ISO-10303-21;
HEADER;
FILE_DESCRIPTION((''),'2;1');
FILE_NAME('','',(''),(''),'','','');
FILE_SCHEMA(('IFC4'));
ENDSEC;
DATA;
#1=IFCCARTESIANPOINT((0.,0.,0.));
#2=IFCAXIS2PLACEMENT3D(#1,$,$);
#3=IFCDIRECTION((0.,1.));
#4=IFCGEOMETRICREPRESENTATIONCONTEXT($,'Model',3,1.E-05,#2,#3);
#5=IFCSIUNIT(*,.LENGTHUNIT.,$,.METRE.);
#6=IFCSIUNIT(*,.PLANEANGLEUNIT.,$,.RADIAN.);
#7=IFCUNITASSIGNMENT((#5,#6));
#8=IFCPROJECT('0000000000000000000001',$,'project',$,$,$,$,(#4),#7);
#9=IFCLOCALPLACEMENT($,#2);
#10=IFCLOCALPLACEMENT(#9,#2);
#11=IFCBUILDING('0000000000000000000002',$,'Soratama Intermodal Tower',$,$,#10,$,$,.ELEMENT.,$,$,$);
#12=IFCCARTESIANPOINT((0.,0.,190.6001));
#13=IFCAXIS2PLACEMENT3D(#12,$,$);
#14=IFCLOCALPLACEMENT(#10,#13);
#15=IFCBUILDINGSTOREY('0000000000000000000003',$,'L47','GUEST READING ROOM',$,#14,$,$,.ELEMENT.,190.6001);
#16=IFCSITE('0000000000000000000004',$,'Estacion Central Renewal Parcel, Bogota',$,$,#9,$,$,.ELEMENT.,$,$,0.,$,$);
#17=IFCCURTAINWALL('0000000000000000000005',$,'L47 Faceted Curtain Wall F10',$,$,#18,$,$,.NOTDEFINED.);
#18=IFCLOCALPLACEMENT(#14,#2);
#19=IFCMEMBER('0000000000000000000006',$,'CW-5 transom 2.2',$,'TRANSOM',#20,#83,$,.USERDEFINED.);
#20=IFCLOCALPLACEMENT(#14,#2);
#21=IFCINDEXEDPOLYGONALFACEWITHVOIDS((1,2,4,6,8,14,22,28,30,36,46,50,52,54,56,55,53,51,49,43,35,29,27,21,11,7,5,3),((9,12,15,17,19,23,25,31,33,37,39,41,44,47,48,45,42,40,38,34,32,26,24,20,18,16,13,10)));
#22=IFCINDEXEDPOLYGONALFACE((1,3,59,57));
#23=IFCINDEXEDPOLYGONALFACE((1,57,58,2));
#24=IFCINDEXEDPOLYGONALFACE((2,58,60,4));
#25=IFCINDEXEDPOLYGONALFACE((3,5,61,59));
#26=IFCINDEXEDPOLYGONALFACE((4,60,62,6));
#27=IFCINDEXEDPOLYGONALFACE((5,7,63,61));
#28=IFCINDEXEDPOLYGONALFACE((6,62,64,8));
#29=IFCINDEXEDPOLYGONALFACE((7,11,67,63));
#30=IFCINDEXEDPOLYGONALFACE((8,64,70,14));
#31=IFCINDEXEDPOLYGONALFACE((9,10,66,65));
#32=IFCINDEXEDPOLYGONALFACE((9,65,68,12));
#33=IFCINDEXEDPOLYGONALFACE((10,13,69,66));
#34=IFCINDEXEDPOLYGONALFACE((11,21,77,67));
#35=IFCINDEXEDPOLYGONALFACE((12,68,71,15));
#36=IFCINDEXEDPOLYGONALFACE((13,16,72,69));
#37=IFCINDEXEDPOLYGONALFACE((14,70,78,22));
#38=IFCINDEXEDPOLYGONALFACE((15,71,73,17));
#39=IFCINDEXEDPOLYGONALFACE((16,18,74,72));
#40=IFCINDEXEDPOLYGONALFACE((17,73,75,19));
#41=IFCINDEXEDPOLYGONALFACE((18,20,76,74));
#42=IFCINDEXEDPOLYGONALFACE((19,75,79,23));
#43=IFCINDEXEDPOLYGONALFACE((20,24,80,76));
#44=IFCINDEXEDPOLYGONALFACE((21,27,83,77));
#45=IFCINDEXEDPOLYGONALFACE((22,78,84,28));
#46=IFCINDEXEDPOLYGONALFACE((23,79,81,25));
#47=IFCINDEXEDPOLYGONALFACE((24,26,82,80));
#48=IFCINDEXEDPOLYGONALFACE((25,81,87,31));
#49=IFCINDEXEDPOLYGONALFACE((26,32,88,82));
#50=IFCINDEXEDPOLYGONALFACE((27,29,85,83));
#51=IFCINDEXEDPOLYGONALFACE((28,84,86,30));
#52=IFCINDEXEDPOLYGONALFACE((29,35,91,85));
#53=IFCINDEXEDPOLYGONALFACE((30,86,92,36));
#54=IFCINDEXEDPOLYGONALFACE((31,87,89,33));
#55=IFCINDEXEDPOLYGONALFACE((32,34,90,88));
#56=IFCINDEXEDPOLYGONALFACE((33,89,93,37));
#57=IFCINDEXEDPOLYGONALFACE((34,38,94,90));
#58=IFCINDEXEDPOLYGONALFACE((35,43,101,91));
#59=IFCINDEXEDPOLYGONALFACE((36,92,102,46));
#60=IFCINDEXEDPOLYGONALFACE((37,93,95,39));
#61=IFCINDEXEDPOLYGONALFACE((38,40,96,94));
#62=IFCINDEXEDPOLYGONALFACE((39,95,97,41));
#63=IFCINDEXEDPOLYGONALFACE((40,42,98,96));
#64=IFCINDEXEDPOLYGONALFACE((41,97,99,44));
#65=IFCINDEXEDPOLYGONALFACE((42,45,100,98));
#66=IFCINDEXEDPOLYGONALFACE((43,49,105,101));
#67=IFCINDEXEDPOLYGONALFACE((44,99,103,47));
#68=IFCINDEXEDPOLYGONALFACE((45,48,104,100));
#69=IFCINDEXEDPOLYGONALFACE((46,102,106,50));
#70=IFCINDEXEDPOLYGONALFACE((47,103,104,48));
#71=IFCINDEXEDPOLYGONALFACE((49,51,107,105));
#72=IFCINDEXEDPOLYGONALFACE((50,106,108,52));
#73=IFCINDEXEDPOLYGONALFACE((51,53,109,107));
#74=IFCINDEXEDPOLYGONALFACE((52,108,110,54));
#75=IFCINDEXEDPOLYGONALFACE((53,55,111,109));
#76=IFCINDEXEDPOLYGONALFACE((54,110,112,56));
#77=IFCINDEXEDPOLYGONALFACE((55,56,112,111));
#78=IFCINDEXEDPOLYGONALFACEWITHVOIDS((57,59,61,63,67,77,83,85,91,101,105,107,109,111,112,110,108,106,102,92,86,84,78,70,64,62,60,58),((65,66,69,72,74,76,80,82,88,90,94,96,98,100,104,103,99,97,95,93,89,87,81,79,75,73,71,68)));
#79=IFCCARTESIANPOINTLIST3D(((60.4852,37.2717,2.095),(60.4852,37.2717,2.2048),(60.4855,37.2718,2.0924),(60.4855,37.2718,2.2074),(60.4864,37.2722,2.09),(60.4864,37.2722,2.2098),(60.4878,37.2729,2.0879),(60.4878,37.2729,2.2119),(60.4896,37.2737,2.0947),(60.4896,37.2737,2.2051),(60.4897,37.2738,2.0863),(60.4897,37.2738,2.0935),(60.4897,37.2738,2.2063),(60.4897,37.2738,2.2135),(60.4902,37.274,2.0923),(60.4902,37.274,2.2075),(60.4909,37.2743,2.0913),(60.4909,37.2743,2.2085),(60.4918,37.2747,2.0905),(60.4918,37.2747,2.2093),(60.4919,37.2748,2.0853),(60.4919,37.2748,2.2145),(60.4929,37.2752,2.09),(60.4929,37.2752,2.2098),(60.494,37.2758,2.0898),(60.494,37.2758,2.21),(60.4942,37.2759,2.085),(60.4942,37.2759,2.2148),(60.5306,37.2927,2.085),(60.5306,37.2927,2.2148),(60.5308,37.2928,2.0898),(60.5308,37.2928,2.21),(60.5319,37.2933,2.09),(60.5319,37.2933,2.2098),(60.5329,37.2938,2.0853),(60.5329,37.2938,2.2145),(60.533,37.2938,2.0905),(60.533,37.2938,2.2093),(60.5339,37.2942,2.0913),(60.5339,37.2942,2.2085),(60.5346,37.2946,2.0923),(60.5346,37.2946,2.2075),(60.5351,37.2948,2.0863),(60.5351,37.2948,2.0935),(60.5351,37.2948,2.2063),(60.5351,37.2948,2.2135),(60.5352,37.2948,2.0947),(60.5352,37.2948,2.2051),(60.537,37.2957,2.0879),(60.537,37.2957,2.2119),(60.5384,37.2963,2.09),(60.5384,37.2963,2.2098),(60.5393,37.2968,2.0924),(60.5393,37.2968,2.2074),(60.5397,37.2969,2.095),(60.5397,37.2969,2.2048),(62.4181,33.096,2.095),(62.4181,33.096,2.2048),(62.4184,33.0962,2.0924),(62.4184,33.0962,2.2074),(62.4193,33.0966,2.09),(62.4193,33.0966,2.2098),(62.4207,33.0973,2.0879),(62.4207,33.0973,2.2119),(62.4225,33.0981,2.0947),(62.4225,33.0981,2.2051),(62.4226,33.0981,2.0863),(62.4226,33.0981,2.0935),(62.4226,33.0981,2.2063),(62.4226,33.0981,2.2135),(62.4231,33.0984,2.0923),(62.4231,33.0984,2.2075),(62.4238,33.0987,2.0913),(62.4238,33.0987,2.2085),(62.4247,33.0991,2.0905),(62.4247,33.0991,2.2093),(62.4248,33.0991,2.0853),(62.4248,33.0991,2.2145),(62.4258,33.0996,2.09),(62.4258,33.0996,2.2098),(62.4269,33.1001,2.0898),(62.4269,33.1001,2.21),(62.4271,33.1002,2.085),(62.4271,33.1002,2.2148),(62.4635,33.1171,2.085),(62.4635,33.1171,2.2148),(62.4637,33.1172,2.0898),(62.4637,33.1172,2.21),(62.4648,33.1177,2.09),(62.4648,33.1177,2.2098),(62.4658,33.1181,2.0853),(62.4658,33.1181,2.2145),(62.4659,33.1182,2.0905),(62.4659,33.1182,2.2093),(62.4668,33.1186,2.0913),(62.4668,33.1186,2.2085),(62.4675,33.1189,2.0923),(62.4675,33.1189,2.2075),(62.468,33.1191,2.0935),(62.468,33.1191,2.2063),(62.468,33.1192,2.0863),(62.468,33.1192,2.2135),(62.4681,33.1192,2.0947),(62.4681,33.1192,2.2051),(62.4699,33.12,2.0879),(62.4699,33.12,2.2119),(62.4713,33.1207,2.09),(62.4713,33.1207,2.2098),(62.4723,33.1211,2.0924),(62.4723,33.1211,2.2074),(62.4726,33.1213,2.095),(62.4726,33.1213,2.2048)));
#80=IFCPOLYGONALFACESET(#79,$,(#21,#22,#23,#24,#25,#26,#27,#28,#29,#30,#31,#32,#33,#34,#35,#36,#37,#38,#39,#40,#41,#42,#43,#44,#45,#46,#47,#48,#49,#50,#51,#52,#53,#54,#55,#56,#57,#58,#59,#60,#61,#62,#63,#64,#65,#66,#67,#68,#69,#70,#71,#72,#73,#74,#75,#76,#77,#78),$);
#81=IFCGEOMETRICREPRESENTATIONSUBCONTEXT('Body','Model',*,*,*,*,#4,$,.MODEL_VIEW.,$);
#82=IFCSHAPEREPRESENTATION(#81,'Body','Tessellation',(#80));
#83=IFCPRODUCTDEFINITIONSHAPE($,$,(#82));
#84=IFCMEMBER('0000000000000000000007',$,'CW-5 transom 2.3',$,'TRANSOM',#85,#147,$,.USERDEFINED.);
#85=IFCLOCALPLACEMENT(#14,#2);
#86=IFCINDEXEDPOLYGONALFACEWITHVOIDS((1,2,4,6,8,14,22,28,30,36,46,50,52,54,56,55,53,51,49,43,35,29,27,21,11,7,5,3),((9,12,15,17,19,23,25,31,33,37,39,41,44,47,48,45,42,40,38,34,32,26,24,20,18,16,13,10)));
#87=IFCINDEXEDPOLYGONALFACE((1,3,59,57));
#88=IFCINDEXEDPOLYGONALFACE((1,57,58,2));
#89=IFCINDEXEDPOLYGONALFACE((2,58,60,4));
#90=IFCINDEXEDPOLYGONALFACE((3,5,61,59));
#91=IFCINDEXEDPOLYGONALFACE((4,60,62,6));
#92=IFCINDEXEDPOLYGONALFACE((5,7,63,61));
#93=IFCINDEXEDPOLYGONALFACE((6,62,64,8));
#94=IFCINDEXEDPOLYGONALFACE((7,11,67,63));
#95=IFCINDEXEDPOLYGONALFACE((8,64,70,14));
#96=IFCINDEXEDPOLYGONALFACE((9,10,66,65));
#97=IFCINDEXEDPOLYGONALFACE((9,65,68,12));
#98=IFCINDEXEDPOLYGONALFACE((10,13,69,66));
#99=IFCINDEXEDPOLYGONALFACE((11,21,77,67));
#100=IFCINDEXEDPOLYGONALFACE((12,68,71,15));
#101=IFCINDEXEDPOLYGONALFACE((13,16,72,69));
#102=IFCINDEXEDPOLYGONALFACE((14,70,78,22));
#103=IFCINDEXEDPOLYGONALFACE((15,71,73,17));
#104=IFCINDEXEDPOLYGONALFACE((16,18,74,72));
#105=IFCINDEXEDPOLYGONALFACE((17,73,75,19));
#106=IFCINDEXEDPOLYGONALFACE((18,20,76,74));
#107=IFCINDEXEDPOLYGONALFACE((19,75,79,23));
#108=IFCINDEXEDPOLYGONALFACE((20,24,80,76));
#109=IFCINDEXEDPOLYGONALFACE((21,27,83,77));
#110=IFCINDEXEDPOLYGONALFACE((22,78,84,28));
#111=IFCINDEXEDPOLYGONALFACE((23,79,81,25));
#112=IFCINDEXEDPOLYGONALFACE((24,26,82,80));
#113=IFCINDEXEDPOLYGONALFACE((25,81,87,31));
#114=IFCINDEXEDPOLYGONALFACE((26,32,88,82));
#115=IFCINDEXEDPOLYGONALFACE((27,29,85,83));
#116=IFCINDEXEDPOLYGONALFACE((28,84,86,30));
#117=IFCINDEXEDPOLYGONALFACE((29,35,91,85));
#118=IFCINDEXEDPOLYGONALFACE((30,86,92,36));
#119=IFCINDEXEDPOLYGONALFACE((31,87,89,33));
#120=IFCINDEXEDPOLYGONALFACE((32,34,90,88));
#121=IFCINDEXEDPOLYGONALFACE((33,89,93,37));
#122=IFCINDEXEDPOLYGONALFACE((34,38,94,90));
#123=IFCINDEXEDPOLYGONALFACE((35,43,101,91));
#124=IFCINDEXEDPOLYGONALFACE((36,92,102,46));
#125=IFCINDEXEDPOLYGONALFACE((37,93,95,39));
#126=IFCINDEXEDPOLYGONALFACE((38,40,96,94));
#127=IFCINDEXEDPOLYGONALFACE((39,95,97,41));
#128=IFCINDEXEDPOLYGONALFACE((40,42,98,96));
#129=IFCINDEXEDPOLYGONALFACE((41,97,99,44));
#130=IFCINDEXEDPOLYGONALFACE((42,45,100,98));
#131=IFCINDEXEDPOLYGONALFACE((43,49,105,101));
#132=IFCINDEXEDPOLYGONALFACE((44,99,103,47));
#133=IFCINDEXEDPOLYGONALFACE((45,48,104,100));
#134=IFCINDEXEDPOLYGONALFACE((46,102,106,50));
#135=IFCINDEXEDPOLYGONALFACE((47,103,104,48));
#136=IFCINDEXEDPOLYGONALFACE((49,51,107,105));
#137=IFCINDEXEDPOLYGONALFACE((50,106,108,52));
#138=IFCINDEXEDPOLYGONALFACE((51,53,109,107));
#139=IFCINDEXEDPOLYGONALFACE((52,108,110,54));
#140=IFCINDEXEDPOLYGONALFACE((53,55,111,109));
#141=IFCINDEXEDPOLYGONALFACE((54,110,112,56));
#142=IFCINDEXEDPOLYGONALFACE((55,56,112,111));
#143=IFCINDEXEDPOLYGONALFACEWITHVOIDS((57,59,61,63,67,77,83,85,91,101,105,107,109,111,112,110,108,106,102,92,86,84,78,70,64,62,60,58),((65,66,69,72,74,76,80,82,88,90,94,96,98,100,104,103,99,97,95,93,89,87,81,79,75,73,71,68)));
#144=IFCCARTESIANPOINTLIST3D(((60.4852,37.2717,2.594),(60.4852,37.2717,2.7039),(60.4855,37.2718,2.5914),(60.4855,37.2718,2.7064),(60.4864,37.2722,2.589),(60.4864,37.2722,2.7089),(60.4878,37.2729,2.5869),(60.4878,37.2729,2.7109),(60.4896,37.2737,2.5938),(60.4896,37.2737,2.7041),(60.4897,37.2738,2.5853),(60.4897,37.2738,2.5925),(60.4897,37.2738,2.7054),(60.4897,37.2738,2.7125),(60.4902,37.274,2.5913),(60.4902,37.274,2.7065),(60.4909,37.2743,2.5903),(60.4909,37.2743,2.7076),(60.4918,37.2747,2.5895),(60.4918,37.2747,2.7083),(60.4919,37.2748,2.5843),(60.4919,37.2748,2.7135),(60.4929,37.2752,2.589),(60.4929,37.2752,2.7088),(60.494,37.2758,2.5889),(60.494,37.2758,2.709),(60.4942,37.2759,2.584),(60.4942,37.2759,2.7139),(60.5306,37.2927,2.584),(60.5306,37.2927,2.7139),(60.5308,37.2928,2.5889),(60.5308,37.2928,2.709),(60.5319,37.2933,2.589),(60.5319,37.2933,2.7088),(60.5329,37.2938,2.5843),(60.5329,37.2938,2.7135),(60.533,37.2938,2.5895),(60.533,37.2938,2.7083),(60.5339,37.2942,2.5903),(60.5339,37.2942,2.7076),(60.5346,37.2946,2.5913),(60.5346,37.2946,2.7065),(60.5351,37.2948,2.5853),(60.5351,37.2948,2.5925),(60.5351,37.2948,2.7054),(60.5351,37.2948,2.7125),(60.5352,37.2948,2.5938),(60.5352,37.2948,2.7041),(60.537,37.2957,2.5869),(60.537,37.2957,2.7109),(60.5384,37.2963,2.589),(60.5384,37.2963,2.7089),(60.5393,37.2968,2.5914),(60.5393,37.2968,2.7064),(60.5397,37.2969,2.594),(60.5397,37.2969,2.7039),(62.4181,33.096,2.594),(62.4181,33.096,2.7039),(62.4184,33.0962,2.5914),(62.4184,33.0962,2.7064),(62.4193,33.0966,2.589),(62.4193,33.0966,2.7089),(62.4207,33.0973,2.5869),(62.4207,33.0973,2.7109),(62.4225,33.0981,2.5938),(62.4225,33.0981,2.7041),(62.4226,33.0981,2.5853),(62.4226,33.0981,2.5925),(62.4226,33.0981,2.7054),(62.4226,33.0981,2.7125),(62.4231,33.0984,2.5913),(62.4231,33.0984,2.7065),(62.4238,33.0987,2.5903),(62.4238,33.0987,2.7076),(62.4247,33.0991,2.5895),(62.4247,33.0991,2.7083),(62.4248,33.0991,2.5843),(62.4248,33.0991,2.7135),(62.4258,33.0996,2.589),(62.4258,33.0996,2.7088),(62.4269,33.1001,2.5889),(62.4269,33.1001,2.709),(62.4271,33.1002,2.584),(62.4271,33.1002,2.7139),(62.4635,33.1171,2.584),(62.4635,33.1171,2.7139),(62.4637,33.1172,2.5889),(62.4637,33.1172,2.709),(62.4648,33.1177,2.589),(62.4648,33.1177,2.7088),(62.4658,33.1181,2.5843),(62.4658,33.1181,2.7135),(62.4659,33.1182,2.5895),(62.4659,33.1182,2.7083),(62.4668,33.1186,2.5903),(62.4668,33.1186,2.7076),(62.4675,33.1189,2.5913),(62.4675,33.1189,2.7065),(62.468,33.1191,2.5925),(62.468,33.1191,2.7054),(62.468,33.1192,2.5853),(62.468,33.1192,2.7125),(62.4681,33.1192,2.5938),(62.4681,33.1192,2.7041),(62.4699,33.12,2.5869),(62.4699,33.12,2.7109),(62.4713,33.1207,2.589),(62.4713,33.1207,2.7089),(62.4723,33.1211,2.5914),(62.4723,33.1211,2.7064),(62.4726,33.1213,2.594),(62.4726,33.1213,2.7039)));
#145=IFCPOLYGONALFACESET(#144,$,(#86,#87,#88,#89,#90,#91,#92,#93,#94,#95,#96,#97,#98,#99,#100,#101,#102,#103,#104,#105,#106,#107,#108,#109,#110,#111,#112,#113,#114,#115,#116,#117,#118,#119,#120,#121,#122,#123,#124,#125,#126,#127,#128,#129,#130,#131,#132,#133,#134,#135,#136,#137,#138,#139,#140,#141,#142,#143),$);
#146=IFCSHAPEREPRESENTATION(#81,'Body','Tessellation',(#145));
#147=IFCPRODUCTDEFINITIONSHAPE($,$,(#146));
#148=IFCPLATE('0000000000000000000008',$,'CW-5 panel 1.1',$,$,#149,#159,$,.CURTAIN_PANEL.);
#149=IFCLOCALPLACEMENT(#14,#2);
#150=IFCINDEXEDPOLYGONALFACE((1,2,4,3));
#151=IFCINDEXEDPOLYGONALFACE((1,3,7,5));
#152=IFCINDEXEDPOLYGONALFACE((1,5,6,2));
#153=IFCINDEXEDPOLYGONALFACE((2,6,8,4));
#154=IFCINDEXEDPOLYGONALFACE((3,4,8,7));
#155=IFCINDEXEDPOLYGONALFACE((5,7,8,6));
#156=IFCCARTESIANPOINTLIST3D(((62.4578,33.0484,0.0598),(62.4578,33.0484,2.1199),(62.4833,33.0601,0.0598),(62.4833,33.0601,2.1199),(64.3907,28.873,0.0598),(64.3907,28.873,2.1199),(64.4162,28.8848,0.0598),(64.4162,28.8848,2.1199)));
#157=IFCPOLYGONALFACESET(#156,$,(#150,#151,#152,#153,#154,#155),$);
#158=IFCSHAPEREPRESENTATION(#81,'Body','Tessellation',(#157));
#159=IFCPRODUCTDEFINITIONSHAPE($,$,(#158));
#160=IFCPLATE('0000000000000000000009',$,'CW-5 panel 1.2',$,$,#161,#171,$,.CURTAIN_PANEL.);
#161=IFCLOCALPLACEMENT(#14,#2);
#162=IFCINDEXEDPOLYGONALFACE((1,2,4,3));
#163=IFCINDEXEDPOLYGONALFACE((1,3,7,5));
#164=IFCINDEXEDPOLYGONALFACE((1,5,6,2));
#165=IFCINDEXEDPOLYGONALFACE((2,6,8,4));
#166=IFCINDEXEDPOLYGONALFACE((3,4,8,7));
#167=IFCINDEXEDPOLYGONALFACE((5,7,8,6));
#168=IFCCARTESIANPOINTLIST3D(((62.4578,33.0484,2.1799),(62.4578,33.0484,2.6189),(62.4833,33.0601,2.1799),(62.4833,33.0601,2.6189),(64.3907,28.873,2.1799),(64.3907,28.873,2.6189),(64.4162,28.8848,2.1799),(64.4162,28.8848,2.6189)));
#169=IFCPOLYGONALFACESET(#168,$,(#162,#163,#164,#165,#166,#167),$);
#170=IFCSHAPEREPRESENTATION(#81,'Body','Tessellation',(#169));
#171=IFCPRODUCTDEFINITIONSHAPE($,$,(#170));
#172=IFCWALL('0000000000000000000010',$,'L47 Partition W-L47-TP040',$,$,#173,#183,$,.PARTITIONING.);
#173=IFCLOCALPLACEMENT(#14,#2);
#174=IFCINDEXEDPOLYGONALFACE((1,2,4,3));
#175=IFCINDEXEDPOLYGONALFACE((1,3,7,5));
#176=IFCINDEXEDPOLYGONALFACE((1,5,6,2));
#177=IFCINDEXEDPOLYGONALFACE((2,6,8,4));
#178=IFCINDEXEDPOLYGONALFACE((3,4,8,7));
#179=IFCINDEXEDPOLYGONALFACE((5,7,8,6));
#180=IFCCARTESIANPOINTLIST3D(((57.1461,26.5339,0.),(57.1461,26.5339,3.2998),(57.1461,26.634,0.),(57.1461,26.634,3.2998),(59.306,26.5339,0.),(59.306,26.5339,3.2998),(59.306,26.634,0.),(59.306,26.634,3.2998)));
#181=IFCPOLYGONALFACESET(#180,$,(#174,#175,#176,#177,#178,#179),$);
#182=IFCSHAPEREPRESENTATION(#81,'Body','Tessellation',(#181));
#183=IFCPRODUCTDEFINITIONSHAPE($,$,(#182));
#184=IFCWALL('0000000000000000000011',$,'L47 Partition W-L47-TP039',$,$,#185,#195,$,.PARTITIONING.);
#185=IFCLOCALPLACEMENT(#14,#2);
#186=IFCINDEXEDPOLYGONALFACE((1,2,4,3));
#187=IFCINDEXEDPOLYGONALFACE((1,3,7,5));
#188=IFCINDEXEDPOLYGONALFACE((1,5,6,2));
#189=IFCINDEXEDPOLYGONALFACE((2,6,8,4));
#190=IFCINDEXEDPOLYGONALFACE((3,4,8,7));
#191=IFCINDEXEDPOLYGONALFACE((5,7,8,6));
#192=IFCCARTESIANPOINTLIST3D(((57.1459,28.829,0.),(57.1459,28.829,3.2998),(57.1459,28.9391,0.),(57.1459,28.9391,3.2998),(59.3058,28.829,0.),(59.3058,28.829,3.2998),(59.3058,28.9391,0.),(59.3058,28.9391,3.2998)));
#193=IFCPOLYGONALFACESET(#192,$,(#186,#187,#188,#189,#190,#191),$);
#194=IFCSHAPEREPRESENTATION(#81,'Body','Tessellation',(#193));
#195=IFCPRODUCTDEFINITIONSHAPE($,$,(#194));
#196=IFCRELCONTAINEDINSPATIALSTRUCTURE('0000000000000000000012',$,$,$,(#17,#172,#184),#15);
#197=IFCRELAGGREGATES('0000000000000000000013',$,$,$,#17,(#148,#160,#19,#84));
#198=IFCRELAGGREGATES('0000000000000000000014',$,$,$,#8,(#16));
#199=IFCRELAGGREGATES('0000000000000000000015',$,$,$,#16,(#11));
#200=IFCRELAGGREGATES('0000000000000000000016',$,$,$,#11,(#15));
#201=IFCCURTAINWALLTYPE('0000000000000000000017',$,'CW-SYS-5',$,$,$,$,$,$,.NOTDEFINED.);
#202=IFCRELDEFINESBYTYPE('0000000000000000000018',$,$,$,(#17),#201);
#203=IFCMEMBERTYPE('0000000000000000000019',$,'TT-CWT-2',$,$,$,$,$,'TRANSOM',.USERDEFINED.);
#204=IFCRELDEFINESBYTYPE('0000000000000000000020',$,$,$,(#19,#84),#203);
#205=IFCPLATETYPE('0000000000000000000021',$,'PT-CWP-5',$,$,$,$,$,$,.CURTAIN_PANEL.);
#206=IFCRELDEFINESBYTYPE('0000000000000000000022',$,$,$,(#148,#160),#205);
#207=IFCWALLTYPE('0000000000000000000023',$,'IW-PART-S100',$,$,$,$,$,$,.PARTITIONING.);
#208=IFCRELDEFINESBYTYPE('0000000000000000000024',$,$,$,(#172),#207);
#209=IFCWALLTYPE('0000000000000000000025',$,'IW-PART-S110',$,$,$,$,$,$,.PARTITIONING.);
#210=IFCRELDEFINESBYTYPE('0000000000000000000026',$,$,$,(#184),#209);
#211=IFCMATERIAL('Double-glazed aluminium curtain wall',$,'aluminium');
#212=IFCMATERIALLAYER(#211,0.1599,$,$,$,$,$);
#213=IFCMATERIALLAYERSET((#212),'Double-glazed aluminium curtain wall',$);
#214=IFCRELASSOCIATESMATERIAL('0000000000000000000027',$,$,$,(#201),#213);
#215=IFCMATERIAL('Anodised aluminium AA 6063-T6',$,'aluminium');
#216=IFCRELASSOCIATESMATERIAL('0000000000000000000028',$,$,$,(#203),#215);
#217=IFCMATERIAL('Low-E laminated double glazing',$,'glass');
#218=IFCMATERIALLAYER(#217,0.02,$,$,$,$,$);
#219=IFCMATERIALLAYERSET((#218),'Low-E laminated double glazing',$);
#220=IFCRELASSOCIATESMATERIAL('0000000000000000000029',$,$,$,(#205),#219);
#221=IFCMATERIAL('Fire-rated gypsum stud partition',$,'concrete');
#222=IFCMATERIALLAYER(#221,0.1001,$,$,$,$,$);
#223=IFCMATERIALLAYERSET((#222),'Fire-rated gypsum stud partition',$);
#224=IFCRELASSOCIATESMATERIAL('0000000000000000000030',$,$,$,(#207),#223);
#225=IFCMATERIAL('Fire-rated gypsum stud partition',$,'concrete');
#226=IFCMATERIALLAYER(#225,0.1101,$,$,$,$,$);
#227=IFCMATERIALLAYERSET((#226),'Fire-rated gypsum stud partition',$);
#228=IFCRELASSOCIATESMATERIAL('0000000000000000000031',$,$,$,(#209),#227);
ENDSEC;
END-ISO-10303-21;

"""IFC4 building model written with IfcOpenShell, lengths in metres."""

from ifc_helpers import new_model, si_unit, direction, frame, frame_2d, origin, origin_2d, place, context, subcontext, project, spatial, rectangle, hollow_rectangle, extrude, material, layer, layer_set, material_profile, profile_set, type_object, element, aggregate, save


model = new_model("IFC4")

# Units and contexts
model_context = context("Model", 3, precision=1e-05, world=origin(), true_north=direction((0.0, 1.0)))
body_context = subcontext(model_context, "Body", "Model", "MODEL_VIEW")
ifc_project = project(units=[si_unit("LENGTHUNIT", "METRE"), si_unit("PLANEANGLEUNIT", "RADIAN")], contexts=[model_context])

# Site, building, storey
site_placement = place(None, origin())
site = spatial("IfcSite", under=ifc_project, at=site_placement, Name="Estacion Central Renewal Parcel, Bogota", CompositionType="ELEMENT", RefElevation=0.0)
building_placement = place(site_placement, origin())
building = spatial("IfcBuilding", under=site, at=building_placement, Name="Soratama Intermodal Tower", CompositionType="ELEMENT")
storey_placement = place(building_placement, frame((0.0, 0.0, 190.6001)))
storey = spatial("IfcBuildingStorey", under=building, at=storey_placement, Name="L47", Description="GUEST READING ROOM", CompositionType="ELEMENT", Elevation=190.6001)

# Curtain wall, members, plates
ifc_material_1 = material(Name="Double-glazed aluminium curtain wall", Category="aluminium")
ifc_layer_1 = layer(ifc_material_1, 0.1599)
ifc_layer_set_1 = layer_set([ifc_layer_1], Name="Double-glazed aluminium curtain wall")
curtain_wall_type = type_object("IfcCurtainWallType", Name="CW-SYS-5", PredefinedType="NOTDEFINED", material=ifc_layer_set_1)
curtain_wall_placement = place(storey_placement, origin())
curtain_wall = element("IfcCurtainWall", 1, at=curtain_wall_placement, inside=storey, type_object=curtain_wall_type, Name="L47 Faceted Curtain Wall F10", PredefinedType="NOTDEFINED")
ifc_material_2 = material(Name="Anodised aluminium AA 6063-T6", Category="aluminium")
ifc_material_profile_1 = material_profile(ifc_material_2, hollow_rectangle(XDim=0.0601, YDim=0.1299, WallThickness=0.0049, InnerFilletRadius=0.0049, OuterFilletRadius=0.01, at=origin_2d()), Name="CWT130X60X5")
ifc_profile_set_1 = profile_set([ifc_material_profile_1], Name="Anodised aluminium AA 6063-T6")
member_type_1 = type_object("IfcMemberType", Name="TT-CWT-2", ElementType="TRANSOM", PredefinedType="USERDEFINED", material=ifc_profile_set_1)
member_1_placement = place(storey_placement, frame((62.4453, 33.1086, 2.1499), z_axis=(-0.420077, 0.907488, 0.0), x_axis=(-0.907488, -0.420077, 0.0)))
member_1 = element("IfcMember", 2, at=member_1_placement, type_object=member_type_1, Name="CW-5 transom 2.2", ObjectType="TRANSOM", PredefinedType="USERDEFINED", context=body_context, shape_type="SweptSolid", body=[
    extrude(hollow_rectangle(XDim=0.0601, YDim=0.1299, WallThickness=0.0049, InnerFilletRadius=0.0049, OuterFilletRadius=0.01, at=origin_2d()), origin(), (0.0, 0.0, 1.0), 4.6013),
])
member_2_placement = place(storey_placement, frame((62.4453, 33.1086, 2.6489), z_axis=(-0.420077, 0.907488, 0.0), x_axis=(-0.907488, -0.420077, 0.0)))
member_2 = element("IfcMember", 3, at=member_2_placement, type_object=member_type_1, Name="CW-5 transom 2.3", ObjectType="TRANSOM", PredefinedType="USERDEFINED", context=body_context, shape_type="SweptSolid", body=[
    extrude(hollow_rectangle(XDim=0.0601, YDim=0.1299, WallThickness=0.0049, InnerFilletRadius=0.0049, OuterFilletRadius=0.01, at=origin_2d()), origin(), (0.0, 0.0, 1.0), 4.6013),
])
ifc_material_3 = material(Name="Low-E laminated double glazing", Category="glass")
ifc_layer_2 = layer(ifc_material_3, 0.02)
ifc_layer_set_2 = layer_set([ifc_layer_2], Name="Low-E laminated double glazing")
plate_type = type_object("IfcPlateType", Name="PT-CWP-5", PredefinedType="CURTAIN_PANEL", material=ifc_layer_set_2)
plate_1_placement = place(storey_placement, frame((63.437, 30.9666, 0.0598), z_axis=(0.0, 0.0, 1.0), x_axis=(-0.420092, 0.907482, 0.0)))
plate_1 = element("IfcPlate", 4, at=plate_1_placement, type_object=plate_type, Name="CW-5 panel 1.1", PredefinedType="CURTAIN_PANEL", context=body_context, shape_type="SweptSolid", body=[
    extrude(rectangle(XDim=4.6011, YDim=0.0281, at=origin_2d()), origin(), (0.0, 0.0, 1.0), 2.0601),
])
plate_2_placement = place(storey_placement, frame((63.437, 30.9666, 2.1799), z_axis=(0.0, 0.0, 1.0), x_axis=(-0.420092, 0.907482, 0.0)))
plate_2 = element("IfcPlate", 5, at=plate_2_placement, type_object=plate_type, Name="CW-5 panel 1.2", PredefinedType="CURTAIN_PANEL", context=body_context, shape_type="SweptSolid", body=[
    extrude(rectangle(XDim=4.6011, YDim=0.0281, at=origin_2d()), origin(), (0.0, 0.0, 1.0), 0.439),
])
aggregate(curtain_wall, [plate_1, plate_2, member_1, member_2])

# Walls
ifc_material_4 = material(Name="Fire-rated gypsum stud partition", Category="concrete")
ifc_layer_3 = layer(ifc_material_4, 0.1001)
ifc_layer_set_3 = layer_set([ifc_layer_3], Name="Fire-rated gypsum stud partition")
wall_type_1 = type_object("IfcWallType", Name="IW-PART-S100", PredefinedType="PARTITIONING", material=ifc_layer_set_3)
wall_1_placement = place(storey_placement, frame((57.146, 26.584, 0.0), z_axis=(0.0, 0.0, 1.0), x_axis=(1.0, 0.0, 0.0)))
element("IfcWall", 6, at=wall_1_placement, inside=storey, type_object=wall_type_1, Name="L47 Partition W-L47-TP040", PredefinedType="PARTITIONING", context=body_context, shape_type="SweptSolid", body=[
    extrude(rectangle(XDim=2.1599, YDim=0.1001, at=frame_2d((1.0801, 0.0))), origin(), (0.0, 0.0, 1.0), 3.2998),
])
ifc_material_5 = material(Name="Fire-rated gypsum stud partition", Category="concrete")
ifc_layer_4 = layer(ifc_material_5, 0.1101)
ifc_layer_set_4 = layer_set([ifc_layer_4], Name="Fire-rated gypsum stud partition")
wall_type_2 = type_object("IfcWallType", Name="IW-PART-S110", PredefinedType="PARTITIONING", material=ifc_layer_set_4)
wall_2_placement = place(storey_placement, frame((59.3059, 28.884, 0.0), z_axis=(0.0, 0.0, 1.0), x_axis=(-1.0, 0.0, 0.0)))
element("IfcWall", 7, at=wall_2_placement, inside=storey, type_object=wall_type_2, Name="L47 Partition W-L47-TP039", PredefinedType="PARTITIONING", context=body_context, shape_type="SweptSolid", body=[
    extrude(rectangle(XDim=2.1599, YDim=0.1101, at=frame_2d((1.0801, 0.0))), origin(), (0.0, 0.0, 1.0), 3.2998),
])

save(model, "model.ifc")
